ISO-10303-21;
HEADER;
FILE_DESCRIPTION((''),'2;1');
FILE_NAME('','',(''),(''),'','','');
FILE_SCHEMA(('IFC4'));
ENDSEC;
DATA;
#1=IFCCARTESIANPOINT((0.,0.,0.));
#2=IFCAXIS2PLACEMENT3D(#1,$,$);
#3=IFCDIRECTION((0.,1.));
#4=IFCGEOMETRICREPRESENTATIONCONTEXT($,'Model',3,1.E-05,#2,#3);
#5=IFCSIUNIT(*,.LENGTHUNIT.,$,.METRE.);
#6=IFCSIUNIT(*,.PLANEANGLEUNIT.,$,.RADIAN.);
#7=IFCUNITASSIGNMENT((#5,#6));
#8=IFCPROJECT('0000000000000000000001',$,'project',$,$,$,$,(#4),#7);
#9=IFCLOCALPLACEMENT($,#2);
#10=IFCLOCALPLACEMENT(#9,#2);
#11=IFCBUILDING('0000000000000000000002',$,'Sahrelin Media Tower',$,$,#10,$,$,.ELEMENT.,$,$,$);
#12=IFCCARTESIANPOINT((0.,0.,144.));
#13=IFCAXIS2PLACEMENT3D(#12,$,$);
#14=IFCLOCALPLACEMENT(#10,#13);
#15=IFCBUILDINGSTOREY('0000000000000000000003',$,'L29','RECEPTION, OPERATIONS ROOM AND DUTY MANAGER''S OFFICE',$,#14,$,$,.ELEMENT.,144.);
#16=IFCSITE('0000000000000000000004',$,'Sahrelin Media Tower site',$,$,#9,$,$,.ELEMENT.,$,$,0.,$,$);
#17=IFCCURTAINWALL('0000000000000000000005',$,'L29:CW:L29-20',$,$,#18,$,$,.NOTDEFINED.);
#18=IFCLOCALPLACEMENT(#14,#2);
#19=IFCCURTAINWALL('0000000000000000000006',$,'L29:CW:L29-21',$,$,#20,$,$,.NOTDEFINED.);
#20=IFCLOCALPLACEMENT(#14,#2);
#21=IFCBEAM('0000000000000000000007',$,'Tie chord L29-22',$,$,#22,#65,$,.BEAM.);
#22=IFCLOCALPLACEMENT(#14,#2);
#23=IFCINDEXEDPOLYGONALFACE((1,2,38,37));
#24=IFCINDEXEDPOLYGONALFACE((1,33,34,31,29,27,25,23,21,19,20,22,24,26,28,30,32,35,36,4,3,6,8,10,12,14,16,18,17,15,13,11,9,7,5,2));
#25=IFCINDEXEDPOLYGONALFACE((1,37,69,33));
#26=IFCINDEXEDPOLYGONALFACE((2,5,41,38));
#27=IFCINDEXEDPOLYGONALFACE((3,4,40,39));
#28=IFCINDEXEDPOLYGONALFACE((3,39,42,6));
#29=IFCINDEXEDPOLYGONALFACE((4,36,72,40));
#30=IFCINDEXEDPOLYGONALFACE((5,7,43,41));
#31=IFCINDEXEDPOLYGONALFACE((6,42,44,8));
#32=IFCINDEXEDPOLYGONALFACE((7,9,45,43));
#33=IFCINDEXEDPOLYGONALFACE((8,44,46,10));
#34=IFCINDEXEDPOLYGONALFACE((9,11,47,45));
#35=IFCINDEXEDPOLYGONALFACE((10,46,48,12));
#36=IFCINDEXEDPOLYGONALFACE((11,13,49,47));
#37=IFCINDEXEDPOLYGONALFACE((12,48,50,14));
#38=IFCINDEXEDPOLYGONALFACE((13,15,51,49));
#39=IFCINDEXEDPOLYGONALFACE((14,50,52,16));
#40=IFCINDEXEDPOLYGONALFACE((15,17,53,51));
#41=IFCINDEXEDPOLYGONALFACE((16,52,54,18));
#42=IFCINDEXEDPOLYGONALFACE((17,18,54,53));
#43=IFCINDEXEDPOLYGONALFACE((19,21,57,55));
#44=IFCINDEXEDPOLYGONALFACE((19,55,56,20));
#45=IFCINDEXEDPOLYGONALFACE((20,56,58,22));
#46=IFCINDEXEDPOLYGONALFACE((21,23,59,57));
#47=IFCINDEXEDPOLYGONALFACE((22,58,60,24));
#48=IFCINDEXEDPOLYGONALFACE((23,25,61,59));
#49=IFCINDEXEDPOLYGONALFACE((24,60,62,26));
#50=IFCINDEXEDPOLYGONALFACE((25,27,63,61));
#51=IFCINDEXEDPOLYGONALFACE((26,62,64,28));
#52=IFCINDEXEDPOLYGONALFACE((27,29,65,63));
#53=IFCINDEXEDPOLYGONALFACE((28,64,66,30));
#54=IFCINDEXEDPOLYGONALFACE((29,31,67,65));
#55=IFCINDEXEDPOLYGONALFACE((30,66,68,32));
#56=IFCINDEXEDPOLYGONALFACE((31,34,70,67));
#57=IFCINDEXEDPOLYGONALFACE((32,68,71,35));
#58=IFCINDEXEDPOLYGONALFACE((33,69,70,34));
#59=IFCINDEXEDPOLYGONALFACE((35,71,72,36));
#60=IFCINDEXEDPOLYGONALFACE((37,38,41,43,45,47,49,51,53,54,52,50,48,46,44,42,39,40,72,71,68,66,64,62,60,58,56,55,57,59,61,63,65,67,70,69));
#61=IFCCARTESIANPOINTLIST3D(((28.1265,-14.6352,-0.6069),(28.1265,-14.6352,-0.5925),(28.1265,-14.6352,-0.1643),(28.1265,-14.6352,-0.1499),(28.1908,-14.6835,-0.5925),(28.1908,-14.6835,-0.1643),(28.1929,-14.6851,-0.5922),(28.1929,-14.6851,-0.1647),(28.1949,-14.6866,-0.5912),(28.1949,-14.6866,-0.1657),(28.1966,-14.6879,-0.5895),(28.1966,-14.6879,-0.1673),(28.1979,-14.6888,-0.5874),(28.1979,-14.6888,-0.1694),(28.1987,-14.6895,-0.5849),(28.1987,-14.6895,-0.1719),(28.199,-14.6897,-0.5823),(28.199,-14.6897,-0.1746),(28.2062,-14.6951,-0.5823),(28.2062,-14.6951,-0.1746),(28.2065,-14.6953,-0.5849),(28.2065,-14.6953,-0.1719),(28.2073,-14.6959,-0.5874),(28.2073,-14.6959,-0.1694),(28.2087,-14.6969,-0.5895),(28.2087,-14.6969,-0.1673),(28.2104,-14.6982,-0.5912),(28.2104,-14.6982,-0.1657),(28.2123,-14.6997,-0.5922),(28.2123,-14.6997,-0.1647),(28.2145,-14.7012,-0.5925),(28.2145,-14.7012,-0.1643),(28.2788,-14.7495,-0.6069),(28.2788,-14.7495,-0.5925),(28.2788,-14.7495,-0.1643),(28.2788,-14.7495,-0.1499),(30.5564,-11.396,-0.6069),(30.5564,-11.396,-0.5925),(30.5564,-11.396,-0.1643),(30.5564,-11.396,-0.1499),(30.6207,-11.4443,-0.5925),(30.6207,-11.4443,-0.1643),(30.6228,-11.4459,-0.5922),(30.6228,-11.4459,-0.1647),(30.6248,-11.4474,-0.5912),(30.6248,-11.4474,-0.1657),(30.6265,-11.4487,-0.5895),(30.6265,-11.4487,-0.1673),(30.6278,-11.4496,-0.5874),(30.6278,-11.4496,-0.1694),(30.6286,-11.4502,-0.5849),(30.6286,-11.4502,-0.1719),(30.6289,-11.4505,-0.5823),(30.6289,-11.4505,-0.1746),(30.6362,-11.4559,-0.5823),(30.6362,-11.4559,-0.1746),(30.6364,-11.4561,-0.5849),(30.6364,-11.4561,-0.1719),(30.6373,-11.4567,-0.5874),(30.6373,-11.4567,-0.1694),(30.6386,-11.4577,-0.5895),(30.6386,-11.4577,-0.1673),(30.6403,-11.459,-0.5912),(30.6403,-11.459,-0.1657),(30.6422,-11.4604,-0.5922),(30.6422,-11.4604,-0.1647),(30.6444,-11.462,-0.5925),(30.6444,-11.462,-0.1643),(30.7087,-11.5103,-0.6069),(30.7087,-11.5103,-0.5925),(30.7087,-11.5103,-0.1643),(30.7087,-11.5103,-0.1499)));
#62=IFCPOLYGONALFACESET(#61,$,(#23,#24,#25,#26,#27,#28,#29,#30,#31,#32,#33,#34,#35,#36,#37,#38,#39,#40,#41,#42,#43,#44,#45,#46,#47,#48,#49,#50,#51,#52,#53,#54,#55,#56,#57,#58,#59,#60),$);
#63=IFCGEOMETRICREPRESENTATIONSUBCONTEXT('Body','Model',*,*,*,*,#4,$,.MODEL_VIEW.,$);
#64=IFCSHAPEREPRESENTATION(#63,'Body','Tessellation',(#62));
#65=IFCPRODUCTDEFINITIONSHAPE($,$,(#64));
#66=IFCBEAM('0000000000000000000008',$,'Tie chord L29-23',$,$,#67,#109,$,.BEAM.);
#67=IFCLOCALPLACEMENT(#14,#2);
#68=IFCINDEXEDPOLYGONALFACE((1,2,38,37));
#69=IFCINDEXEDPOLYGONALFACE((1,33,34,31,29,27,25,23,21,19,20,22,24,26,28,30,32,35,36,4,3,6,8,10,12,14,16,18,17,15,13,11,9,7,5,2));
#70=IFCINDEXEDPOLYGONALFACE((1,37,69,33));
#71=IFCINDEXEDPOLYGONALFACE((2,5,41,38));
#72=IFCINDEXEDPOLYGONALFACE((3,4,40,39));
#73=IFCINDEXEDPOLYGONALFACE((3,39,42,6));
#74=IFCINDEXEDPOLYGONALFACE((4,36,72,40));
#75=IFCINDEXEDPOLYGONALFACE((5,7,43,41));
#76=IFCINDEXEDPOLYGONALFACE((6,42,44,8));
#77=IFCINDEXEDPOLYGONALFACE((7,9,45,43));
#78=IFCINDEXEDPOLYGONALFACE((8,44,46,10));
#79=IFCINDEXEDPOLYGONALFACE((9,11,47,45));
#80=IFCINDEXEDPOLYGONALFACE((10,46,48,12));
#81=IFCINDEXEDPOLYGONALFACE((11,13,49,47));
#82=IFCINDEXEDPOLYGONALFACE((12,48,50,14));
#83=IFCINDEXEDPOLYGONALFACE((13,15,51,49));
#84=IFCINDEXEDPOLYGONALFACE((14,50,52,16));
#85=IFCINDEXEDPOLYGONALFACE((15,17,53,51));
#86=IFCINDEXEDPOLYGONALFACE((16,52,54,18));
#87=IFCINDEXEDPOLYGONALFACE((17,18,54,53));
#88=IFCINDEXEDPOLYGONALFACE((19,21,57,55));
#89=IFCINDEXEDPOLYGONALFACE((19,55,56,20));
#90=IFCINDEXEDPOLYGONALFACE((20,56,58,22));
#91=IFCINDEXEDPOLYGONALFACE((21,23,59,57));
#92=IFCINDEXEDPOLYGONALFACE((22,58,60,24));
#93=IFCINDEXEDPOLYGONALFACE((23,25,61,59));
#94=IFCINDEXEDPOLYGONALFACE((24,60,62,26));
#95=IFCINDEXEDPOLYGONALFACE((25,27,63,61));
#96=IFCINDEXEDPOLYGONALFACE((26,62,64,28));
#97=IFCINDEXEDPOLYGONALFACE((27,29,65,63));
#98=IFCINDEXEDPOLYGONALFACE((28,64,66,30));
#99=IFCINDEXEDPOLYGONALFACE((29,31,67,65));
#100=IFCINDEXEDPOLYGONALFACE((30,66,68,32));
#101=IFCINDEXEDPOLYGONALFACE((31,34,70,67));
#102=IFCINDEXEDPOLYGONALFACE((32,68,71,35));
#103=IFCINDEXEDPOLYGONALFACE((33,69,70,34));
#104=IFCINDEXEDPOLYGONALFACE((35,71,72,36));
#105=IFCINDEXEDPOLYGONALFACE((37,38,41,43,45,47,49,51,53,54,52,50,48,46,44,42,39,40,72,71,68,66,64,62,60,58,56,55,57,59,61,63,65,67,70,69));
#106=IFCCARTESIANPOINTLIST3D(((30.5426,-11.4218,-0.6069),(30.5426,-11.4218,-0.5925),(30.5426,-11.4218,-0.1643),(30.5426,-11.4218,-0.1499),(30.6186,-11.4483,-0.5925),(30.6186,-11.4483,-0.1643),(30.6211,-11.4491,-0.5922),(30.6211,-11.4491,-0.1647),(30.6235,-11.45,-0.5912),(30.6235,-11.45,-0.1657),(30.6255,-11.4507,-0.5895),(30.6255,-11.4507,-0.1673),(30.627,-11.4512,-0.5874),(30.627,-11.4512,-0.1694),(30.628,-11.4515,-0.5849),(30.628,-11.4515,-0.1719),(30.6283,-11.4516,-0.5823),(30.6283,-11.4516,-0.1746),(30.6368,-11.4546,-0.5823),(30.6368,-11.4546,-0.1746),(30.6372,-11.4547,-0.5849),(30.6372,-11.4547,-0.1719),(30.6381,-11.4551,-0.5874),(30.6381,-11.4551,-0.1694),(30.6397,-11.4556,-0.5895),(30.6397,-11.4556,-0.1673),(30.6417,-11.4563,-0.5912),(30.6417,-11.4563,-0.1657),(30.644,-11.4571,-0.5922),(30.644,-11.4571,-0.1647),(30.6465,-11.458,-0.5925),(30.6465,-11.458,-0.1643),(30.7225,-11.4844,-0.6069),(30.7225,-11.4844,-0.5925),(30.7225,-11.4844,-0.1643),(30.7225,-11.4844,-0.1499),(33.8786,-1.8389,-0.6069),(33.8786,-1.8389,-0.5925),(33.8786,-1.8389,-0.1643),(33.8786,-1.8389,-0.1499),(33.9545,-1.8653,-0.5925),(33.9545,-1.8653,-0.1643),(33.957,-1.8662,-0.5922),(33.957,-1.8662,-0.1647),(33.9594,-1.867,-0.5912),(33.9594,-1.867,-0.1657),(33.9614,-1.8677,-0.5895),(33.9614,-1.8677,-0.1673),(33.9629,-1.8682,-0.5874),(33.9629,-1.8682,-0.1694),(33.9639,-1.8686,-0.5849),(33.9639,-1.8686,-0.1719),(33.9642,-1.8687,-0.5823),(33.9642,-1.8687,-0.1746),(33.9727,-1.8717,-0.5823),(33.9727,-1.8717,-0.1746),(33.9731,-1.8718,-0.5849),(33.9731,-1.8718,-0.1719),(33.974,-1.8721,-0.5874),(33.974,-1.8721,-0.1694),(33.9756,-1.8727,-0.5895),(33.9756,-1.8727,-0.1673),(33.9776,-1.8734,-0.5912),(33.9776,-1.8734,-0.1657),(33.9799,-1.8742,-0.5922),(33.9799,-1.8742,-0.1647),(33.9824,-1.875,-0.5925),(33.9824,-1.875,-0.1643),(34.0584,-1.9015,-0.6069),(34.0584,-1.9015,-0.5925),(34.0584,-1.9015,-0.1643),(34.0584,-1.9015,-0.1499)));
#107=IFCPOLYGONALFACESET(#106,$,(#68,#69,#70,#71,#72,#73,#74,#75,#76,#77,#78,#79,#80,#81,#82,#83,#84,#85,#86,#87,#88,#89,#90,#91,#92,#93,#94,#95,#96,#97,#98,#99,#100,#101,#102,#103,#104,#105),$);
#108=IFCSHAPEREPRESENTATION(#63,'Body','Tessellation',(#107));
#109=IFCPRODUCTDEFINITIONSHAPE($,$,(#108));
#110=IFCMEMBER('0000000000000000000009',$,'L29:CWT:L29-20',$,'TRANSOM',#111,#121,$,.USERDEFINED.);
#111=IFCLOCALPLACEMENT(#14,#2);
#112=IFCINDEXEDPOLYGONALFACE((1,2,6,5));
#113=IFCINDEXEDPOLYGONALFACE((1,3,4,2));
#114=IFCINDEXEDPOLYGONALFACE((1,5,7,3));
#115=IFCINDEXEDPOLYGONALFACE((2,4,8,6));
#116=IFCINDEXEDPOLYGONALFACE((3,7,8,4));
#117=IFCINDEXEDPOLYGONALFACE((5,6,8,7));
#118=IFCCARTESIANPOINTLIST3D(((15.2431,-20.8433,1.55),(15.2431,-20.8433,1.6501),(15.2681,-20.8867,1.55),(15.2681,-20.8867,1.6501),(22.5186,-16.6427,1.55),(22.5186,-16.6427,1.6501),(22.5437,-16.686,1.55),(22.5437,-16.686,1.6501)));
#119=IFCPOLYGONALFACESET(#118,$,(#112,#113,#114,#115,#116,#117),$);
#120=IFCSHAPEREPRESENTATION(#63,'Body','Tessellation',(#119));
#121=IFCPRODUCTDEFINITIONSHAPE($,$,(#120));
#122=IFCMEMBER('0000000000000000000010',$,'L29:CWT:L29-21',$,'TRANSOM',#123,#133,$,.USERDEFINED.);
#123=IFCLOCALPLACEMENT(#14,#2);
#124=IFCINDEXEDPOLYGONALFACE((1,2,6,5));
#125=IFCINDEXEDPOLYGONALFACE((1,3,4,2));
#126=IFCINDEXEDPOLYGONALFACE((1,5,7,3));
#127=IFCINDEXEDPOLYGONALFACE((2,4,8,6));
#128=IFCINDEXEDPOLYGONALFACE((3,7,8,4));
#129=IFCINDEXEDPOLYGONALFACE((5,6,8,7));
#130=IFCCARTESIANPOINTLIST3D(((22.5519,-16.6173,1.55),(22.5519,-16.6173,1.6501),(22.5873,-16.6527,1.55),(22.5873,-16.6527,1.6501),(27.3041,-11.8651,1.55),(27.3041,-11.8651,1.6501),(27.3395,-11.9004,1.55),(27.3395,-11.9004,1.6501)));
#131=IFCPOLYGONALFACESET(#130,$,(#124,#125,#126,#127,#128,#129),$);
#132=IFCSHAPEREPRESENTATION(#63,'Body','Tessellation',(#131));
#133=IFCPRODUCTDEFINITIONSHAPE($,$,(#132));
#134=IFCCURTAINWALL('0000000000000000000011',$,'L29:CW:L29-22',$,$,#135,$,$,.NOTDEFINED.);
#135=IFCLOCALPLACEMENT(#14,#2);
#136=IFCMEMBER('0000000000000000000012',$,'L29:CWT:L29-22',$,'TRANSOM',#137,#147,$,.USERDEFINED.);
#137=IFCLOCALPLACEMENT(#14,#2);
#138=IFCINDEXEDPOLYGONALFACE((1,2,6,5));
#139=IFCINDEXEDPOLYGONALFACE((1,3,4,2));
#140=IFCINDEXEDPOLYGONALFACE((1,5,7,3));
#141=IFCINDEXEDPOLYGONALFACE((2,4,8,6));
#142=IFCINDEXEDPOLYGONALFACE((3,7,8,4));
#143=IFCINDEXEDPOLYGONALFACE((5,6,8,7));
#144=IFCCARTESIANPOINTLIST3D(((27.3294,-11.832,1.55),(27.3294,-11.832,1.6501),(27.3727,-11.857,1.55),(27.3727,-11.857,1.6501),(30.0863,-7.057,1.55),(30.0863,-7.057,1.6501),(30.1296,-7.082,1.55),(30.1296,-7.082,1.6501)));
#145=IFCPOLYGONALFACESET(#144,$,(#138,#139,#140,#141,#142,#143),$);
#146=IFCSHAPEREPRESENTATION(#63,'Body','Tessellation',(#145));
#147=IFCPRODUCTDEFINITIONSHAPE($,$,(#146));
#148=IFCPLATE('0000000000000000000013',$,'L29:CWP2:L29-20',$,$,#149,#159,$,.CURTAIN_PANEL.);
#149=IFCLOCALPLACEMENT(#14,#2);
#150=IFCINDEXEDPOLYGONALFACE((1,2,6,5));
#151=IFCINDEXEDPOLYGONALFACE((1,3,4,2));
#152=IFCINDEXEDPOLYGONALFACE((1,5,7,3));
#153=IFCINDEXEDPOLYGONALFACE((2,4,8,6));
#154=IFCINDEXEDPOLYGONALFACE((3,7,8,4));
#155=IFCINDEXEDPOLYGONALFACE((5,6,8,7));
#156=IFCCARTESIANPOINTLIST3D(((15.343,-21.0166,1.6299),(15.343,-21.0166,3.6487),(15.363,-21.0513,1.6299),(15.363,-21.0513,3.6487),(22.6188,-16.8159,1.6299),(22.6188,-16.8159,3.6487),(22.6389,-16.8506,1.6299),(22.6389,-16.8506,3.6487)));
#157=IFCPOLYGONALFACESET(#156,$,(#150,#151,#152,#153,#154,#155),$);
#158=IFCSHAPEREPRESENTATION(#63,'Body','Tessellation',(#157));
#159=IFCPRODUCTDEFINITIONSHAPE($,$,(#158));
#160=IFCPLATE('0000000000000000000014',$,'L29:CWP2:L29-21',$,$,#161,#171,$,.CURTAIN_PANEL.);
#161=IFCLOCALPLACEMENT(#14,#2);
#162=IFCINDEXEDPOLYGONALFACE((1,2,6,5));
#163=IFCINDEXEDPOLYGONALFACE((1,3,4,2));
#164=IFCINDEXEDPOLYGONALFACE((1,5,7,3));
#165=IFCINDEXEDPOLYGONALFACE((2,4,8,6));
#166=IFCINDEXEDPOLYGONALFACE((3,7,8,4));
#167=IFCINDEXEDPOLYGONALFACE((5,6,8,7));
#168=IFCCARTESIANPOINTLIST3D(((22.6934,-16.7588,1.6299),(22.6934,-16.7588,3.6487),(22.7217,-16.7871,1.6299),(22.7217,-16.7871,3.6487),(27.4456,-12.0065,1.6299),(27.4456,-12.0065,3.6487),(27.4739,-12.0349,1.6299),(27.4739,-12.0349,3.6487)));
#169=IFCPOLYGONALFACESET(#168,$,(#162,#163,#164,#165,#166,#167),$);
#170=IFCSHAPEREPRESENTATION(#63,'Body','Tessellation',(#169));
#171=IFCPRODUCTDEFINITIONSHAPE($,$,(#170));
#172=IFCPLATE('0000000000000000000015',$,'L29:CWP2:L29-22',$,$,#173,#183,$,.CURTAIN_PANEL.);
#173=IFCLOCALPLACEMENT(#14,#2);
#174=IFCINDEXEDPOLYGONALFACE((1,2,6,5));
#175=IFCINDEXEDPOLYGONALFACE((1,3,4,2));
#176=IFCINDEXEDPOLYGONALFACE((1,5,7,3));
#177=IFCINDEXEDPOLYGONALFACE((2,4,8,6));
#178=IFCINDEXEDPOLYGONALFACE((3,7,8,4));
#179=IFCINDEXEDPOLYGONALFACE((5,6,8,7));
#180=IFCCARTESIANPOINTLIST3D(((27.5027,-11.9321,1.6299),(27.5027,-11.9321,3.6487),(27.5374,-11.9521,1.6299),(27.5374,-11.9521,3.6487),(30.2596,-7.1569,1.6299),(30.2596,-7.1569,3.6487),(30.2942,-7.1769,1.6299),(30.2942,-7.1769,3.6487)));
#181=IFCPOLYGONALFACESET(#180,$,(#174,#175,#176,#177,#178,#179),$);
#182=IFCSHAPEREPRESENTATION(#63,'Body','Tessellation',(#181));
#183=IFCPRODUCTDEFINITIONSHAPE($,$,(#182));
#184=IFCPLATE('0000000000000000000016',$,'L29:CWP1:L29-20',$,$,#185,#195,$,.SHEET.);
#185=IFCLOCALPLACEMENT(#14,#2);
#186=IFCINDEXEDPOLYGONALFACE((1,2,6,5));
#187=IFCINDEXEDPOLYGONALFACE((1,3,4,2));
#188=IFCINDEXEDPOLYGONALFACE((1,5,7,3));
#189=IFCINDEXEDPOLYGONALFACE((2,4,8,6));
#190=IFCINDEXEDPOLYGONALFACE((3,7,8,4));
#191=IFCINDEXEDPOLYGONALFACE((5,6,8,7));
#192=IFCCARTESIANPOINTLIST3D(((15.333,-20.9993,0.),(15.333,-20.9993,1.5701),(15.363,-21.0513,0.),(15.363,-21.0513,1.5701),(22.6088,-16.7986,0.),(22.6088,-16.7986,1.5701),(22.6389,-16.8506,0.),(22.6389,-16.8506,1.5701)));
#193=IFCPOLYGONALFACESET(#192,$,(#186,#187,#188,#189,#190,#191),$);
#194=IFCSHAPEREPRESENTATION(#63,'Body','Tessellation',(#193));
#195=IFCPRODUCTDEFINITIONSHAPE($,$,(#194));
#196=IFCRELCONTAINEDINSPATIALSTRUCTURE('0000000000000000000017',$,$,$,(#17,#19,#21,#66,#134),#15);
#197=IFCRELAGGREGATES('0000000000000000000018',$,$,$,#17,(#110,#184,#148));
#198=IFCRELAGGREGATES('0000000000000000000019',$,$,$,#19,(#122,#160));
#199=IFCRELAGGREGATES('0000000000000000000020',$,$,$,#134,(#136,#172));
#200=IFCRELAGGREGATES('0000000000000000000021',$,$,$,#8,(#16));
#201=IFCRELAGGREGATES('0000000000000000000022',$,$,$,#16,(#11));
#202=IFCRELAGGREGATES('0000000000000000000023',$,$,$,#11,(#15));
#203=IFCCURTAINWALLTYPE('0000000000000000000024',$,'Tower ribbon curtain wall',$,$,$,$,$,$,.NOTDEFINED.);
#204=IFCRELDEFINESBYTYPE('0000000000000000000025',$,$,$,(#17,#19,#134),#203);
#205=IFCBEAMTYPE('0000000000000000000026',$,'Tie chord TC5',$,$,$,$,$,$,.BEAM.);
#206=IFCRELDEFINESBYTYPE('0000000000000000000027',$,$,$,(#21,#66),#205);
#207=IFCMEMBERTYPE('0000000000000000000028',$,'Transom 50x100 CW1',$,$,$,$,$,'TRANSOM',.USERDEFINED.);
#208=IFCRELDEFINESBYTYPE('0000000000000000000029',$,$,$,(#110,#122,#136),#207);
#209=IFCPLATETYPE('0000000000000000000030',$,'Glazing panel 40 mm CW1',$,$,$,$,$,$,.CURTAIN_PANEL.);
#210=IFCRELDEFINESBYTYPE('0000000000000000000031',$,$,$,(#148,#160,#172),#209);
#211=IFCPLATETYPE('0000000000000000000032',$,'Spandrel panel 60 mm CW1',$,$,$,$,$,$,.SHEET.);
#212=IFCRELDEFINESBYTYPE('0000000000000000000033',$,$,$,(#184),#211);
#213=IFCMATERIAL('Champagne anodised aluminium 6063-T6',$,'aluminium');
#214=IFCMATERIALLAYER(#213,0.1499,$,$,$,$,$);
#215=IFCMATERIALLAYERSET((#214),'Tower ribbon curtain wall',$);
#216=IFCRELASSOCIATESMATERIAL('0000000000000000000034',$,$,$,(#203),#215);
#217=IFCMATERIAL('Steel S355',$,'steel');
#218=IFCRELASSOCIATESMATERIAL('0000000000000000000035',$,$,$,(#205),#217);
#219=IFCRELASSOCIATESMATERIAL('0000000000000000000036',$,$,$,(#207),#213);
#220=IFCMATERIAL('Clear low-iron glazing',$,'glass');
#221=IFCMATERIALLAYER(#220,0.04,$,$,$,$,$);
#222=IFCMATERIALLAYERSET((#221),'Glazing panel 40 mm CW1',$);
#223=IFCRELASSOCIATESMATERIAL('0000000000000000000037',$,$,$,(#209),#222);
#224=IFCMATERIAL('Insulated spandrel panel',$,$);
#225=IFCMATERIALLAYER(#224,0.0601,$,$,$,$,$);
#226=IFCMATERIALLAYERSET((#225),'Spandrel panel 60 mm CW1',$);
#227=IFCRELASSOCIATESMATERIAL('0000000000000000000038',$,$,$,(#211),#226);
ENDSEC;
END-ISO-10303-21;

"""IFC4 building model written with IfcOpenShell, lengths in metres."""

from ifc_helpers import new_model, si_unit, direction, frame, origin, origin_2d, place, context, subcontext, project, spatial, polyline, rectangle, i_section, outline, extrude, material, layer, layer_set, material_profile, profile_set, type_object, element, aggregate, save


model = new_model("IFC4")

# Units and contexts
model_context = context("Model", 3, precision=1e-05, world=origin(), true_north=direction((0.0, 1.0)))
body_context = subcontext(model_context, "Body", "Model", "MODEL_VIEW")
ifc_project = project(units=[si_unit("LENGTHUNIT", "METRE"), si_unit("PLANEANGLEUNIT", "RADIAN")], contexts=[model_context])

# Site, building, storey
site_placement = place(None, origin())
site = spatial("IfcSite", under=ifc_project, at=site_placement, Name="Sahrelin Media Tower site", CompositionType="ELEMENT", RefElevation=0.0)
building_placement = place(site_placement, origin())
building = spatial("IfcBuilding", under=site, at=building_placement, Name="Sahrelin Media Tower", CompositionType="ELEMENT")
storey_placement = place(building_placement, frame((0.0, 0.0, 144.0)))
storey = spatial("IfcBuildingStorey", under=building, at=storey_placement, Name="L29", Description="RECEPTION, OPERATIONS ROOM AND DUTY MANAGER'S OFFICE", CompositionType="ELEMENT", Elevation=144.0)

# Shared definitions
ifc_material_1 = material(Name="Steel S355", Category="steel")

# Curtain walls
ifc_material_2 = material(Name="Champagne anodised aluminium 6063-T6", Category="aluminium")
ifc_layer_1 = layer(ifc_material_2, 0.1499)
ifc_layer_set_1 = layer_set([ifc_layer_1], Name="Tower ribbon curtain wall")
curtain_wall_type = type_object("IfcCurtainWallType", Name="Tower ribbon curtain wall", PredefinedType="NOTDEFINED", material=ifc_layer_set_1)
curtain_wall_1_placement = place(storey_placement, frame((18.991, -18.9336, 0.0), z_axis=(0.0, 0.0, 1.0), x_axis=(1.0, 0.0, 0.0)))
curtain_wall_1 = element("IfcCurtainWall", 1, at=curtain_wall_1_placement, inside=storey, type_object=curtain_wall_type, Name="L29:CW:L29-20", PredefinedType="NOTDEFINED")
curtain_wall_2_placement = place(storey_placement, frame((25.0835, -14.3967, 0.0), z_axis=(0.0, 0.0, 1.0), x_axis=(1.0, 0.0, 0.0)))
curtain_wall_2 = element("IfcCurtainWall", 2, at=curtain_wall_2_placement, inside=storey, type_object=curtain_wall_type, Name="L29:CW:L29-21", PredefinedType="NOTDEFINED")

# Beams
ifc_material_profile_1 = material_profile(ifc_material_1, i_section(OverallWidth=0.1904, OverallDepth=0.457, WebThickness=0.009, FlangeThickness=0.0144, FilletRadius=0.0103, at=origin_2d()), Name="UB 457x191x74")
ifc_profile_set_1 = profile_set([ifc_material_profile_1], Name="Steel S355")
beam_type_1 = type_object("IfcBeamType", Name="Tie chord TC5", PredefinedType="BEAM", material=ifc_profile_set_1)
beam_1_placement = place(storey_placement, frame((28.2026, -14.6924, -0.3784), z_axis=(0.600077, 0.799942, 0.0), x_axis=(-0.799942, 0.600077, 0.0)))
element("IfcBeam", 3, at=beam_1_placement, inside=storey, type_object=beam_type_1, Name="Tie chord L29-22", PredefinedType="BEAM", context=body_context, shape_type="SweptSolid", body=[
    extrude(i_section(OverallWidth=0.1904, OverallDepth=0.457, WebThickness=0.009, FlangeThickness=0.0144, FilletRadius=0.0103, at=origin_2d()), origin(), (0.0, 0.0, 1.0), 4.0493),
])
beam_2_placement = place(storey_placement, frame((30.6326, -11.4531, -0.3784), z_axis=(0.32876, 0.944414, 0.0), x_axis=(-0.944414, 0.32876, 0.0)))
element("IfcBeam", 4, at=beam_2_placement, inside=storey, type_object=beam_type_1, Name="Tie chord L29-23", PredefinedType="BEAM", context=body_context, shape_type="SweptSolid", body=[
    extrude(i_section(OverallWidth=0.1904, OverallDepth=0.457, WebThickness=0.009, FlangeThickness=0.0144, FilletRadius=0.0103, at=origin_2d()), origin(), (0.0, 0.0, 1.0), 10.147),
])

# Members
ifc_material_profile_2 = material_profile(ifc_material_2, rectangle(XDim=0.05, YDim=0.1001, at=origin_2d()), Name="Transom 50x100")
ifc_profile_set_2 = profile_set([ifc_material_profile_2], Name="Champagne anodised aluminium 6063-T6")
member_type_1 = type_object("IfcMemberType", Name="Transom 50x100 CW1", ElementType="TRANSOM", PredefinedType="USERDEFINED", material=ifc_profile_set_2)
member_1_placement = place(storey_placement, frame((15.2556, -20.865, 1.6001), z_axis=(0.866021, 0.500008, 0.0), x_axis=(-0.500008, 0.866021, 0.0)))
member_1 = element("IfcMember", 5, at=member_1_placement, type_object=member_type_1, Name="L29:CWT:L29-20", ObjectType="TRANSOM", PredefinedType="USERDEFINED", context=body_context, shape_type="SweptSolid", body=[
    extrude(rectangle(XDim=0.05, YDim=0.1001, at=origin_2d()), origin(), (0.0, 0.0, 1.0), 8.4011),
])
member_2_placement = place(storey_placement, frame((22.5696, -16.635, 1.6001), z_axis=(0.707107, 0.707107, 0.0), x_axis=(-0.707107, 0.707107, 0.0)))
member_2 = element("IfcMember", 6, at=member_2_placement, type_object=member_type_1, Name="L29:CWT:L29-21", ObjectType="TRANSOM", PredefinedType="USERDEFINED", context=body_context, shape_type="SweptSolid", body=[
    extrude(rectangle(XDim=0.05, YDim=0.1001, at=origin_2d()), origin(), (0.0, 0.0, 1.0), 6.7207),
])

# Curtain wall, member
curtain_wall_3_placement = place(storey_placement, frame((28.8984, -9.5547, 0.0), z_axis=(0.0, 0.0, 1.0), x_axis=(1.0, 0.0, 0.0)))
curtain_wall_3 = element("IfcCurtainWall", 7, at=curtain_wall_3_placement, inside=storey, type_object=curtain_wall_type, Name="L29:CW:L29-22", PredefinedType="NOTDEFINED")
member_3_placement = place(storey_placement, frame((27.3511, -11.8445, 1.6001), z_axis=(0.500006, 0.866022, 0.0), x_axis=(-0.866022, 0.500006, 0.0)))
member_3 = element("IfcMember", 8, at=member_3_placement, type_object=member_type_1, Name="L29:CWT:L29-22", ObjectType="TRANSOM", PredefinedType="USERDEFINED", context=body_context, shape_type="SweptSolid", body=[
    extrude(rectangle(XDim=0.05, YDim=0.1001, at=origin_2d()), origin(), (0.0, 0.0, 1.0), 5.5137),
])

# Plates
ifc_material_3 = material(Name="Clear low-iron glazing", Category="glass")
ifc_layer_2 = layer(ifc_material_3, 0.04)
ifc_layer_set_2 = layer_set([ifc_layer_2], Name="Glazing panel 40 mm CW1")
plate_type_1 = type_object("IfcPlateType", Name="Glazing panel 40 mm CW1", PredefinedType="CURTAIN_PANEL", material=ifc_layer_set_2)
plate_1_placement = place(storey_placement, frame((15.363, -21.0513, 1.6299), z_axis=(0.499996, -0.866028, 0.0), x_axis=(0.866028, 0.499996, 0.0)))
plate_1 = element("IfcPlate", 9, at=plate_1_placement, type_object=plate_type_1, Name="L29:CWP2:L29-20", PredefinedType="CURTAIN_PANEL", context=body_context, shape_type="SweptSolid", body=[
    extrude(outline(polyline([(0.0, 0.0), (8.4014, 0.0), (8.4014, 2.0188), (0.0, 2.0188), (0.0, 0.0)])), origin(), (0.0, 0.0, -1.0), 0.04),
])
plate_2_placement = place(storey_placement, frame((22.7217, -16.7871, 1.6299), z_axis=(0.707107, -0.707107, 0.0), x_axis=(0.707107, 0.707107, 0.0)))
plate_2 = element("IfcPlate", 10, at=plate_2_placement, type_object=plate_type_1, Name="L29:CWP2:L29-21", PredefinedType="CURTAIN_PANEL", context=body_context, shape_type="SweptSolid", body=[
    extrude(outline(polyline([(0.0, 0.0), (6.7207, 0.0), (6.7207, 2.0188), (0.0, 2.0188), (0.0, 0.0)])), origin(), (0.0, 0.0, -1.0), 0.04),
])
plate_3_placement = place(storey_placement, frame((27.5374, -11.9521, 1.6299), z_axis=(0.866033, -0.499987, 0.0), x_axis=(0.499987, 0.866033, 0.0)))
plate_3 = element("IfcPlate", 11, at=plate_3_placement, type_object=plate_type_1, Name="L29:CWP2:L29-22", PredefinedType="CURTAIN_PANEL", context=body_context, shape_type="SweptSolid", body=[
    extrude(outline(polyline([(0.0, 0.0), (5.5139, 0.0), (5.5139, 2.0188), (0.0, 2.0188), (0.0, 0.0)])), origin(), (0.0, 0.0, -1.0), 0.04),
])
ifc_material_4 = material(Name="Insulated spandrel panel")
ifc_layer_3 = layer(ifc_material_4, 0.0601)
ifc_layer_set_3 = layer_set([ifc_layer_3], Name="Spandrel panel 60 mm CW1")
plate_type_2 = type_object("IfcPlateType", Name="Spandrel panel 60 mm CW1", PredefinedType="SHEET", material=ifc_layer_set_3)
plate_4_placement = place(storey_placement, frame((15.363, -21.0513, 0.0), z_axis=(0.499996, -0.866028, 0.0), x_axis=(0.866028, 0.499996, 0.0)))
plate_4 = element("IfcPlate", 12, at=plate_4_placement, type_object=plate_type_2, Name="L29:CWP1:L29-20", PredefinedType="SHEET", context=body_context, shape_type="SweptSolid", body=[
    extrude(outline(polyline([(0.0, 0.0), (8.4014, 0.0), (8.4014, 1.5701), (0.0, 1.5701), (0.0, 0.0)])), origin(), (0.0, 0.0, -1.0), 0.0601),
])
aggregate(curtain_wall_1, [member_1, plate_4, plate_1])
aggregate(curtain_wall_2, [member_2, plate_2])
aggregate(curtain_wall_3, [member_3, plate_3])

save(model, "model.ifc")
